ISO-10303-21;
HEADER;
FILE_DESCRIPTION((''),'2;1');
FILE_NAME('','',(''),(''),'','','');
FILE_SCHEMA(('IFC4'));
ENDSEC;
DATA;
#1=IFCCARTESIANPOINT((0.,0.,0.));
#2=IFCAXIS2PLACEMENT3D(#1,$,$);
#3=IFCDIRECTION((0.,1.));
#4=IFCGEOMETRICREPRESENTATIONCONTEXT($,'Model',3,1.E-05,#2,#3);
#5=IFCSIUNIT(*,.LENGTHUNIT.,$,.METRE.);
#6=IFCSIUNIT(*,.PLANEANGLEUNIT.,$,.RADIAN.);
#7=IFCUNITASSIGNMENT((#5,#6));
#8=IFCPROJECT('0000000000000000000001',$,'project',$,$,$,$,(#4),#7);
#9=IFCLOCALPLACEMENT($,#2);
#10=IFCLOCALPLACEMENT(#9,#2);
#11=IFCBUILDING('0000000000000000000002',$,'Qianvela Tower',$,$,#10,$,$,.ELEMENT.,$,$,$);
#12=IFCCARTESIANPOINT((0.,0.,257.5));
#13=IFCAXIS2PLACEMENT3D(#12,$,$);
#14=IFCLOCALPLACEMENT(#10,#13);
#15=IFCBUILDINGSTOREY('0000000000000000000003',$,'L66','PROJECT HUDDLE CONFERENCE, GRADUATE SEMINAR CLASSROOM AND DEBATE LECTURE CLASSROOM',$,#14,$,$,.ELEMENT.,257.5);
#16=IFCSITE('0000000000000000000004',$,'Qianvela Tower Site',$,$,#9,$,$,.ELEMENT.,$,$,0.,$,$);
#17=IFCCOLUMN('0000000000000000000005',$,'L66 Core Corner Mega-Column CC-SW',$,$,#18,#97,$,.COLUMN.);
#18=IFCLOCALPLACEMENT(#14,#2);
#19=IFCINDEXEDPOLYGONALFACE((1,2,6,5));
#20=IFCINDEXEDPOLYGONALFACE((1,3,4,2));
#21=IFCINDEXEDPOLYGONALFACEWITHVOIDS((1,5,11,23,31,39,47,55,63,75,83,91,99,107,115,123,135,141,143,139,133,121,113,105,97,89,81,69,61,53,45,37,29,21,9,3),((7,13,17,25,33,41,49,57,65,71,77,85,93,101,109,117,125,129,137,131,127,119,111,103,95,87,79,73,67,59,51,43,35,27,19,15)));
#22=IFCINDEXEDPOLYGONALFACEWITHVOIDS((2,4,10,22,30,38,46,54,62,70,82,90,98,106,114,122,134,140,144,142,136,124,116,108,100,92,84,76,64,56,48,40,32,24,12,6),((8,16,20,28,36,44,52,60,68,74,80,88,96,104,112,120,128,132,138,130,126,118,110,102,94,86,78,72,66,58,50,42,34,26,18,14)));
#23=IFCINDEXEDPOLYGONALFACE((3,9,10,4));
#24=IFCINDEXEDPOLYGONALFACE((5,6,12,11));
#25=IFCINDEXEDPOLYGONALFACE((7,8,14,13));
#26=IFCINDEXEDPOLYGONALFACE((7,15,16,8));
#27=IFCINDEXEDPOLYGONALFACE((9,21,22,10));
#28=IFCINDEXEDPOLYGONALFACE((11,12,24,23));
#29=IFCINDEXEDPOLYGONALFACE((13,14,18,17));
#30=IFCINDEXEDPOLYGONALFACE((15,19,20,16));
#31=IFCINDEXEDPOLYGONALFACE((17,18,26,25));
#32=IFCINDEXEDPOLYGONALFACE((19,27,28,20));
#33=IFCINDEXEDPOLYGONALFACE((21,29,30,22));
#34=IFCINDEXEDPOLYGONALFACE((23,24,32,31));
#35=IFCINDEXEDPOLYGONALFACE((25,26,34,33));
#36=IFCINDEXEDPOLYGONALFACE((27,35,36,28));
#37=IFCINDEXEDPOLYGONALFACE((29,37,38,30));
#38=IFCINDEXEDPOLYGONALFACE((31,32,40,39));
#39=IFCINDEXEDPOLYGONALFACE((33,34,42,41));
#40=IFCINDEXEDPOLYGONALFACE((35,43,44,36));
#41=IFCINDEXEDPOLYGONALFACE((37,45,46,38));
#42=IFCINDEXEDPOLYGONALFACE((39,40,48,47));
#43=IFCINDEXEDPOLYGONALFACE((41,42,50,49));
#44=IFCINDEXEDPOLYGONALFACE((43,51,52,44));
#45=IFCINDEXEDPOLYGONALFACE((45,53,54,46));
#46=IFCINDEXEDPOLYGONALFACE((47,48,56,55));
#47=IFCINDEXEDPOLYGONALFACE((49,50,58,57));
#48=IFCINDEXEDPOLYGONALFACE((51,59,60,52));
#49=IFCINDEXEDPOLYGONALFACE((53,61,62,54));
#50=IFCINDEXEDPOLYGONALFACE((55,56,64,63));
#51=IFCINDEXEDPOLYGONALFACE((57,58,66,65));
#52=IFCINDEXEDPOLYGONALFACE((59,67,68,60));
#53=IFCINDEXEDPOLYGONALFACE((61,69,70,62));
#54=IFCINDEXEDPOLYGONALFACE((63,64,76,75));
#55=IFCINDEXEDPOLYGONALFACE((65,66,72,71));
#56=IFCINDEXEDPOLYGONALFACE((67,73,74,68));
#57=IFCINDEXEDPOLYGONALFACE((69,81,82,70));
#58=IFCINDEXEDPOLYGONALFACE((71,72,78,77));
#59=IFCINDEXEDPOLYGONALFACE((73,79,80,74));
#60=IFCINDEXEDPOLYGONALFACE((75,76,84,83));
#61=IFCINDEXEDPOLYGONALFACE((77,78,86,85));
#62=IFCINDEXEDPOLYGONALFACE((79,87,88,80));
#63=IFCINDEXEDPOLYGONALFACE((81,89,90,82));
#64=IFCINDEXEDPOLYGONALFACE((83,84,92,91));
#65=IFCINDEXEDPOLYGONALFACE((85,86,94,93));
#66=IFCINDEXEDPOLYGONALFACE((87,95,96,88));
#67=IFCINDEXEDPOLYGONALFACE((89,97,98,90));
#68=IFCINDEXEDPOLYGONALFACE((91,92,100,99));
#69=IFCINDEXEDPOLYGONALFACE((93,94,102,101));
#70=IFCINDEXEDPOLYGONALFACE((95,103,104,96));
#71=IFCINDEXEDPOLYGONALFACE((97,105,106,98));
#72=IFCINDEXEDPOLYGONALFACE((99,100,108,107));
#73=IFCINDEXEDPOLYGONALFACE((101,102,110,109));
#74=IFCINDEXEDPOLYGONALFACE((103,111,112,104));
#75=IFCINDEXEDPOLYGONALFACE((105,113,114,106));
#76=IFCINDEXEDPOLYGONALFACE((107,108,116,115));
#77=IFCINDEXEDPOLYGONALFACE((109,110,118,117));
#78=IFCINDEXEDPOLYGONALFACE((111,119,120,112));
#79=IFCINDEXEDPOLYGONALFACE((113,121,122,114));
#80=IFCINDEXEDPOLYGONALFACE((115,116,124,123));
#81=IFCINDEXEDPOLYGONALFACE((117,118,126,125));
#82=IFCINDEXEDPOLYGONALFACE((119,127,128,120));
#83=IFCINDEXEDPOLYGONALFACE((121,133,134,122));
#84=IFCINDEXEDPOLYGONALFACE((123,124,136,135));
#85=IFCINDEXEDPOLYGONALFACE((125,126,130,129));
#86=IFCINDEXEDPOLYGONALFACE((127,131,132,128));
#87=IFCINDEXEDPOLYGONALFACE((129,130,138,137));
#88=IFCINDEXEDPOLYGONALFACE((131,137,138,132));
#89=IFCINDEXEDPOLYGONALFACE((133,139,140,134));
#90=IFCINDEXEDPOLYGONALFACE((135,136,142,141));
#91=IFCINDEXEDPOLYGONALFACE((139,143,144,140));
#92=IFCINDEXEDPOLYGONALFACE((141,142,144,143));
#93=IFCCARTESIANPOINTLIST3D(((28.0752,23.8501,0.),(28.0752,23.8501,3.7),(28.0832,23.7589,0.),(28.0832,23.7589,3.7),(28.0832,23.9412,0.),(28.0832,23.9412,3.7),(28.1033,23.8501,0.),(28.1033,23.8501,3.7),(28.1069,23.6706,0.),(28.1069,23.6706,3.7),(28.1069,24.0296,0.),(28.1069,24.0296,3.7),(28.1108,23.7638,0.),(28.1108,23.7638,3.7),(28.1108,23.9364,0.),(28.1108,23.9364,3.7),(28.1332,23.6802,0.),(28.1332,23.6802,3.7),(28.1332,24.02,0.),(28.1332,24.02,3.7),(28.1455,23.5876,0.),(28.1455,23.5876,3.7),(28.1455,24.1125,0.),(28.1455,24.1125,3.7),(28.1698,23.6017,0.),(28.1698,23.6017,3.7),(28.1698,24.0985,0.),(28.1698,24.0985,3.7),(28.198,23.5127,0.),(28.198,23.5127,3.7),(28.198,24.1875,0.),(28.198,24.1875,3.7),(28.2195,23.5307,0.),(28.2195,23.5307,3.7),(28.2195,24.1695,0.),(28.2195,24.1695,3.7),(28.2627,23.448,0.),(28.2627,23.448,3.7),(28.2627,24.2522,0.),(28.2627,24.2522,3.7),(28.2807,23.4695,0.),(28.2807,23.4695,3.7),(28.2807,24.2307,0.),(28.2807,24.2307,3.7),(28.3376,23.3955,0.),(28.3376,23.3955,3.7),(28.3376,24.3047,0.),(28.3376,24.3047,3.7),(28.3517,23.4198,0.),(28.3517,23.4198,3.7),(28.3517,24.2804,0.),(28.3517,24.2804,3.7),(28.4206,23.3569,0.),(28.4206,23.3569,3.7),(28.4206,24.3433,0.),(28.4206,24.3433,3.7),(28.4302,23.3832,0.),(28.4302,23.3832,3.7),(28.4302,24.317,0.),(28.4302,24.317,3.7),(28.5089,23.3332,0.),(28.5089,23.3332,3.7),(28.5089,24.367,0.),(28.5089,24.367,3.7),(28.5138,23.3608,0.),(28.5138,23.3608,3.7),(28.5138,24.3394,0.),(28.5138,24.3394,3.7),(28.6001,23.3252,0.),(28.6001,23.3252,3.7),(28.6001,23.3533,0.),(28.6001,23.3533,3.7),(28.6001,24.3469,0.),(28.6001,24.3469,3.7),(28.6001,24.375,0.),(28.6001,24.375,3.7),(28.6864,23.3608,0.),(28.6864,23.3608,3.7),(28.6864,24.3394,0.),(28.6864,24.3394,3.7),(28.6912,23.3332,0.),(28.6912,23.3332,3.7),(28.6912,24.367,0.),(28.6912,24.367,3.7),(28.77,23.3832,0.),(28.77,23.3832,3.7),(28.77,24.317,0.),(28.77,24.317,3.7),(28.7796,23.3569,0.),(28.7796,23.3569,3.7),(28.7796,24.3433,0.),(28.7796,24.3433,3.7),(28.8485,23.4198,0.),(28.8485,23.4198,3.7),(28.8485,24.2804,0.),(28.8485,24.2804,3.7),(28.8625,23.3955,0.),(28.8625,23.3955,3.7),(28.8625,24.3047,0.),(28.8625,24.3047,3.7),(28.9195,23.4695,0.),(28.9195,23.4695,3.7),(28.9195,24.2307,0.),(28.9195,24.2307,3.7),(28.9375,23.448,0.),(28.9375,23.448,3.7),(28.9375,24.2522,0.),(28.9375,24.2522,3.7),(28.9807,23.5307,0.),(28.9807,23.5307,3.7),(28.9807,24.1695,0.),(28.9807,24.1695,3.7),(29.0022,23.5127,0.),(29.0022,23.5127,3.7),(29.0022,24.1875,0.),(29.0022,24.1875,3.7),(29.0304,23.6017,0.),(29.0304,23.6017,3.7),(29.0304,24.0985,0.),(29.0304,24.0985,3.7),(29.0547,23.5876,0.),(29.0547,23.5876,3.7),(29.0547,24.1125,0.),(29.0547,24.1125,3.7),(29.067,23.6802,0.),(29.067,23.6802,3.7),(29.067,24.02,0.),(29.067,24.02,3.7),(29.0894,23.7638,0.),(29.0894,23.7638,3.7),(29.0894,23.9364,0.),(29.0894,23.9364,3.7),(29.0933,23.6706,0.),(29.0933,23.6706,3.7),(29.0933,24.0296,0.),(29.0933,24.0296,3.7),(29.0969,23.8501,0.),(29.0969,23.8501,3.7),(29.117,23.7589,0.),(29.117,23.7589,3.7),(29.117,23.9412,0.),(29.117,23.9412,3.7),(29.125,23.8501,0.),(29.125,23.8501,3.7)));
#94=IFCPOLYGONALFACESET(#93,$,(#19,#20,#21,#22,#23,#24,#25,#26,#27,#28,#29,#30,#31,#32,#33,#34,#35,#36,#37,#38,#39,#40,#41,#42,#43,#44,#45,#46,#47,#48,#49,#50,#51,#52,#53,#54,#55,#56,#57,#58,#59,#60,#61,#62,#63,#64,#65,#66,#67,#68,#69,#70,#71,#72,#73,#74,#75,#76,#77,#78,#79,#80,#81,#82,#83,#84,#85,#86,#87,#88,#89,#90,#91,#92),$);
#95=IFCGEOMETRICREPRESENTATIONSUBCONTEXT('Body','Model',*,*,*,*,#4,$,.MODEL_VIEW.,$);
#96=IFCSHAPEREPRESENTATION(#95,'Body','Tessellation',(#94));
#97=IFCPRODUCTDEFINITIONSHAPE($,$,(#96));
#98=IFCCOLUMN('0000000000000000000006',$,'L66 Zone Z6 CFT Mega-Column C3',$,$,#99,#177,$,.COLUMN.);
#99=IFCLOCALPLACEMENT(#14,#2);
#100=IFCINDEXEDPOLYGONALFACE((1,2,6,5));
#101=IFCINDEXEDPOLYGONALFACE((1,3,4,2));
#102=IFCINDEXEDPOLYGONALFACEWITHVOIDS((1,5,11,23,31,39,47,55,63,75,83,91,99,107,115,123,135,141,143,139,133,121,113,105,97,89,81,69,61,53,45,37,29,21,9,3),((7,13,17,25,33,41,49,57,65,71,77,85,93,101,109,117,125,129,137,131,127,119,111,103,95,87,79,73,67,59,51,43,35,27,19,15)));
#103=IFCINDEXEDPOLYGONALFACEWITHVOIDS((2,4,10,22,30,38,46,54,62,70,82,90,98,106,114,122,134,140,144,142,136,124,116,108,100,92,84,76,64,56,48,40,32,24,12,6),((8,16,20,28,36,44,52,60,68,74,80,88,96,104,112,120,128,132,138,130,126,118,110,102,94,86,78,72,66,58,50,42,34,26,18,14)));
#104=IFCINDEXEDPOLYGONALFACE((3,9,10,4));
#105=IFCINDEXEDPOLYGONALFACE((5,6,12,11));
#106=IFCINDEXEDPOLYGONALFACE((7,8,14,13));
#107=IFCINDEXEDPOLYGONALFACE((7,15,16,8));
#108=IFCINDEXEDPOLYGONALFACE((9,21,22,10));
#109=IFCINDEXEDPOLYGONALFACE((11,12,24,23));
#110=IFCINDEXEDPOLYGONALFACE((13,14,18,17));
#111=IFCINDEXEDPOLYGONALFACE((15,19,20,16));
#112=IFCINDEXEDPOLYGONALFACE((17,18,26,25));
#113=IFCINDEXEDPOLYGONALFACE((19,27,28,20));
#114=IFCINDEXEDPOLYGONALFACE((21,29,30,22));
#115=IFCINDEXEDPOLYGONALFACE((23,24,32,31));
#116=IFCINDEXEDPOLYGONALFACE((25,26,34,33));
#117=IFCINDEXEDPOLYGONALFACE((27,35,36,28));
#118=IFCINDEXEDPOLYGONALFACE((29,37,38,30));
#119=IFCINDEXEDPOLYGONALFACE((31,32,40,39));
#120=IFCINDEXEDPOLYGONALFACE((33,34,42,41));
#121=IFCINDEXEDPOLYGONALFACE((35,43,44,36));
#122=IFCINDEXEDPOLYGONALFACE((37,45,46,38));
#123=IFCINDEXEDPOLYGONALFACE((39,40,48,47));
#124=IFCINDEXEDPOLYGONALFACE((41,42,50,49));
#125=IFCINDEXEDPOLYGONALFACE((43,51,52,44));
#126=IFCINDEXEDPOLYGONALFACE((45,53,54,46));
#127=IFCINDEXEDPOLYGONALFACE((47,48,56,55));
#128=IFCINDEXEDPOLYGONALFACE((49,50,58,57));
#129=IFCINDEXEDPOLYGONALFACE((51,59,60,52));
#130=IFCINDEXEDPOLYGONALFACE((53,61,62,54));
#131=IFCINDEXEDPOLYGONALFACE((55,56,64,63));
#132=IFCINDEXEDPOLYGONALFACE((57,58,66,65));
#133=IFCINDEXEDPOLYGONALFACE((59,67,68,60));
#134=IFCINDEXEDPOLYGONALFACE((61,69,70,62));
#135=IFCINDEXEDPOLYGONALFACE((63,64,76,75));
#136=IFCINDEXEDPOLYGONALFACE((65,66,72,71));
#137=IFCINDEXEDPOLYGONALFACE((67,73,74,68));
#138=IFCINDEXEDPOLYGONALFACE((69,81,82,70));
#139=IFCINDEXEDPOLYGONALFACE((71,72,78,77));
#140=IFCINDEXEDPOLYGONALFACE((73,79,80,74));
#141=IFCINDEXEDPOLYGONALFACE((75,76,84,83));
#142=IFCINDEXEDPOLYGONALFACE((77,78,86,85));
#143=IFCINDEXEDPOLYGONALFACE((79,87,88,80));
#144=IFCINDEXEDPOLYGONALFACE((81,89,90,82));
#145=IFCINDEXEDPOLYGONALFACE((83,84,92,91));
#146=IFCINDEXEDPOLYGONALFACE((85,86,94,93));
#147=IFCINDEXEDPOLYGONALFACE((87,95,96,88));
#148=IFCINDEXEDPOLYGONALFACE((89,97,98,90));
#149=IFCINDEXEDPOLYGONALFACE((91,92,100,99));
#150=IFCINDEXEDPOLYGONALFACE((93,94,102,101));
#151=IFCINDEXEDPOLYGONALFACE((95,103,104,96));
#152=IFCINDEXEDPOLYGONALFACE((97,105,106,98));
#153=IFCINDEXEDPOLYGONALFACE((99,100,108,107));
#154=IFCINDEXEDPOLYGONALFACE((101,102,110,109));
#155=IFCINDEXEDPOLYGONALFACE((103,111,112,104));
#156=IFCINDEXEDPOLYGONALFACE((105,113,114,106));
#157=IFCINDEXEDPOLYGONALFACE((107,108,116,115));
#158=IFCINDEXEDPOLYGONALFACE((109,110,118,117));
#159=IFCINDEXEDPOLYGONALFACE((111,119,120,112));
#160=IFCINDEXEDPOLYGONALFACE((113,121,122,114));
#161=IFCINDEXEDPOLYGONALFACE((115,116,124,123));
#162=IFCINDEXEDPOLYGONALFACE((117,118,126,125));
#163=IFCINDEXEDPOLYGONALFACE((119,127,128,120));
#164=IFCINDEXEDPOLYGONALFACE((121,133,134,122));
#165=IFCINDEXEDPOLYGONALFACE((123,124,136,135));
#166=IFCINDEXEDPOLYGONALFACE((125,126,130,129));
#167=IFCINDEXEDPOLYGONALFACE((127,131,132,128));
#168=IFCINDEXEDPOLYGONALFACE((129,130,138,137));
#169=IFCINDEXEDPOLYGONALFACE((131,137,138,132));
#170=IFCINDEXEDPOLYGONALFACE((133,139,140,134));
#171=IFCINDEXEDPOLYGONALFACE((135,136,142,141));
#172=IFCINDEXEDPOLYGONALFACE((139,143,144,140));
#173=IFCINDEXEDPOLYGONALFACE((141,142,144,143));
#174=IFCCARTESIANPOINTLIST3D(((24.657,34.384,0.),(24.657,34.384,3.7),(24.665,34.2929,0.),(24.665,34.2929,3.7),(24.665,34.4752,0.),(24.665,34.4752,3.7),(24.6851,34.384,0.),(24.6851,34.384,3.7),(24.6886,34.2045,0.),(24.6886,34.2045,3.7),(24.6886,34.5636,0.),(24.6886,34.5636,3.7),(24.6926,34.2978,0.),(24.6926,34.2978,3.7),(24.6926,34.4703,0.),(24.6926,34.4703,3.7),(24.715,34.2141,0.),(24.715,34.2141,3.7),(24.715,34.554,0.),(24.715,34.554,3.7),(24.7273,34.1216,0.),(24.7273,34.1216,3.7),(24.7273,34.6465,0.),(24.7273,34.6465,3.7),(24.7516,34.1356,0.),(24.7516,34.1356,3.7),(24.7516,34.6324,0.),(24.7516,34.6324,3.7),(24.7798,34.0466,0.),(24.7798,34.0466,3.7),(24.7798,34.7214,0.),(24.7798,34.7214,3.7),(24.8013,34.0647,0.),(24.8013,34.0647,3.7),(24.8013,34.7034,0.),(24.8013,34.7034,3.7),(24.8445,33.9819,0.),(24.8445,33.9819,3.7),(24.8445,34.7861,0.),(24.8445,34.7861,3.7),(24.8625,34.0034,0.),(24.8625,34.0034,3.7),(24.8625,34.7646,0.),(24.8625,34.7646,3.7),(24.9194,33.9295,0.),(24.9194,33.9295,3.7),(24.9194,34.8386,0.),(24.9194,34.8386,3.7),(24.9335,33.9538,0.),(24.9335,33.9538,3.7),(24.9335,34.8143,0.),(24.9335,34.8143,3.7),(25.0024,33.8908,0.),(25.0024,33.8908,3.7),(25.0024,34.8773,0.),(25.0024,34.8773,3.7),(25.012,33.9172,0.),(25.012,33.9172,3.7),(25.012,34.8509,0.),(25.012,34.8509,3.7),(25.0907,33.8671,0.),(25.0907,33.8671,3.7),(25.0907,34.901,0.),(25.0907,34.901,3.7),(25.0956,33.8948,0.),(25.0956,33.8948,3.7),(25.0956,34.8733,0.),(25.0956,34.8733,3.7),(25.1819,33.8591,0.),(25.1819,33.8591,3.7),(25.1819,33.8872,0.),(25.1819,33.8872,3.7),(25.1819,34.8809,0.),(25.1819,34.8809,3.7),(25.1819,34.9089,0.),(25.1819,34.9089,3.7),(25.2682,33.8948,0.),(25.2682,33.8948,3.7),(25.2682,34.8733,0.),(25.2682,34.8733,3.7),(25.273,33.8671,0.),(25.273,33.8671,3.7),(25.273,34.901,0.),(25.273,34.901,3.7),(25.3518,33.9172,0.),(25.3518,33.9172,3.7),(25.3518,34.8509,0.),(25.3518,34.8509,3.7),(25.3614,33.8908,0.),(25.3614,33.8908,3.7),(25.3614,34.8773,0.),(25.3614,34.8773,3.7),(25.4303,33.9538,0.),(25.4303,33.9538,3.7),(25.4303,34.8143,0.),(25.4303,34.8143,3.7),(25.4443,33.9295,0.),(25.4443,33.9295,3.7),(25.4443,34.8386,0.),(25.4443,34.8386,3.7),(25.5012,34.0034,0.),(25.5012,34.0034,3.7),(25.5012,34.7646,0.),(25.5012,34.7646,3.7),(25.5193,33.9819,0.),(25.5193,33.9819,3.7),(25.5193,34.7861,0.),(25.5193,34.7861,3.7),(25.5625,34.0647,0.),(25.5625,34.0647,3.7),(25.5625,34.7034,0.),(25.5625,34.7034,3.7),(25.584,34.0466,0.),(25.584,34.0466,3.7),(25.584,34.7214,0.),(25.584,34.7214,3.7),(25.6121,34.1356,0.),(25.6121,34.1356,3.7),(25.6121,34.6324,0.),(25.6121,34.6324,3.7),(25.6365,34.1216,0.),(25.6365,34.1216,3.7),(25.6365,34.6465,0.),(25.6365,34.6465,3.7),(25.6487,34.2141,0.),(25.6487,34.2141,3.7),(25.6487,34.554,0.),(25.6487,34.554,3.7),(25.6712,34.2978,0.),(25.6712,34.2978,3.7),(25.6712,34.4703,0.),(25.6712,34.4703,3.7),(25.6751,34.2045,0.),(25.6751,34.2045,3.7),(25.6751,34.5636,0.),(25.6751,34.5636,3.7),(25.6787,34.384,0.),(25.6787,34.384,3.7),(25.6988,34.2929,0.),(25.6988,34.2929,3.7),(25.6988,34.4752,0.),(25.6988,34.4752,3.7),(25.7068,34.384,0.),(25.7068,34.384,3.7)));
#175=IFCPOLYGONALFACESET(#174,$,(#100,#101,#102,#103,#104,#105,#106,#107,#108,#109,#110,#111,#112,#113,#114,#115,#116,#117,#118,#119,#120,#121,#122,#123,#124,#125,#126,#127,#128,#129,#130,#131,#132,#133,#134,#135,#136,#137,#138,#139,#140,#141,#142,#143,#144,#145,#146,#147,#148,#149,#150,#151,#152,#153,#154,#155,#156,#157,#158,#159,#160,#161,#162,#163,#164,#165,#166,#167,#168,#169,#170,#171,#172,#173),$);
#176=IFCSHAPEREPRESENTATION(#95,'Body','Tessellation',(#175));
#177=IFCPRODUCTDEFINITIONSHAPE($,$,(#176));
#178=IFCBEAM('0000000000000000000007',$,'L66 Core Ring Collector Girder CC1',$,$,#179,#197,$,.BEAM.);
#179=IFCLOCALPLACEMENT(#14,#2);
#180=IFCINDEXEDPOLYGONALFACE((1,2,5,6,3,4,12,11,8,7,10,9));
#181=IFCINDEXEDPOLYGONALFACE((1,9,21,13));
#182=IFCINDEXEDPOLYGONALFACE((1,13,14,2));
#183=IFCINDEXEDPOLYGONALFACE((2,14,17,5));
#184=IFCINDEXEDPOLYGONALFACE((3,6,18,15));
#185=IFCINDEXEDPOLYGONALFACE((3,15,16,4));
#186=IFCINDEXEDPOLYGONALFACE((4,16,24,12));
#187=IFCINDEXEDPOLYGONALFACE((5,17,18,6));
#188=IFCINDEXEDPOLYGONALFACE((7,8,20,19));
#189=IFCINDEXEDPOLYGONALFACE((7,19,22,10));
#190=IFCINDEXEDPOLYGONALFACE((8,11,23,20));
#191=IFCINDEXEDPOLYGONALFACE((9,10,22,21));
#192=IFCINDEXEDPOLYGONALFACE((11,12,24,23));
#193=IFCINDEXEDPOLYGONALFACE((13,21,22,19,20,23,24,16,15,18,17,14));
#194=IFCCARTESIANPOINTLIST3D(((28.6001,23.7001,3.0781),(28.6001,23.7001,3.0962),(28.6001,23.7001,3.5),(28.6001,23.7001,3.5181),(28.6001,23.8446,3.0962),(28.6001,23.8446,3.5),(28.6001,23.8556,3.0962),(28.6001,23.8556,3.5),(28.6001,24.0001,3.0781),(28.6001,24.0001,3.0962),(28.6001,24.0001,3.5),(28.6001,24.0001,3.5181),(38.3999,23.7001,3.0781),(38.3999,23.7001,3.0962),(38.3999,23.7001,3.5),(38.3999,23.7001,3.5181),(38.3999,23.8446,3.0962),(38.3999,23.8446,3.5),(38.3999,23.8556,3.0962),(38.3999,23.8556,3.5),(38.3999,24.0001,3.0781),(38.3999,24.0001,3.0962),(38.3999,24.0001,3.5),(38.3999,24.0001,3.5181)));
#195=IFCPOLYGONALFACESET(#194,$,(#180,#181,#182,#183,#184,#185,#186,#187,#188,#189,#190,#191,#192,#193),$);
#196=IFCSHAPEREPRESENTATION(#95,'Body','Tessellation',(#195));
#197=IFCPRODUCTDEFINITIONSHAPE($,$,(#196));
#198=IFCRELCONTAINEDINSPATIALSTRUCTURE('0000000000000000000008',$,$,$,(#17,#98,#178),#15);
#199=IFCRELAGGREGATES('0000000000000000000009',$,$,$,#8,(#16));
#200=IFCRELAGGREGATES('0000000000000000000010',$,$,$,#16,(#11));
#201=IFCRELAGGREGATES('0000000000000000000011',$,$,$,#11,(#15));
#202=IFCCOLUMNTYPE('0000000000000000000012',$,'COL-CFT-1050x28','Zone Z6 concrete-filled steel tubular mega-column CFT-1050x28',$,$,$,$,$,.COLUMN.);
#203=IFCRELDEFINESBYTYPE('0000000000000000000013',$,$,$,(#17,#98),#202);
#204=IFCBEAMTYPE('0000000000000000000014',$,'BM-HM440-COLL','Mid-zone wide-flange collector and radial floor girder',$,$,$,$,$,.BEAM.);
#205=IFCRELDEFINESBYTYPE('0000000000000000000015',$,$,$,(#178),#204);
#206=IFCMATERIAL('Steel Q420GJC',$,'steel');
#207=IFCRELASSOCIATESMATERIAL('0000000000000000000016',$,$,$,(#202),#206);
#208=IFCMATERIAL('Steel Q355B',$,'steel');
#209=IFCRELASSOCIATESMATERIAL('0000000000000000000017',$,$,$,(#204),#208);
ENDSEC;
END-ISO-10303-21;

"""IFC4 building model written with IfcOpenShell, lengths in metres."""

from ifc_helpers import new_model, si_unit, direction, frame, origin, origin_2d, place, context, subcontext, project, spatial, hollow_circle, i_section, extrude, material, material_profile, profile_set, type_object, element, save


model = new_model("IFC4")

# Units and contexts
model_context = context("Model", 3, precision=1e-05, world=origin(), true_north=direction((0.0, 1.0)))
body_context = subcontext(model_context, "Body", "Model", "MODEL_VIEW")
ifc_project = project(units=[si_unit("LENGTHUNIT", "METRE"), si_unit("PLANEANGLEUNIT", "RADIAN")], contexts=[model_context])

# Site, building, storey
site_placement = place(None, origin())
site = spatial("IfcSite", under=ifc_project, at=site_placement, Name="Qianvela Tower Site", CompositionType="ELEMENT", RefElevation=0.0)
building_placement = place(site_placement, origin())
building = spatial("IfcBuilding", under=site, at=building_placement, Name="Qianvela Tower", CompositionType="ELEMENT")
storey_placement = place(building_placement, frame((0.0, 0.0, 257.5)))
storey = spatial("IfcBuildingStorey", under=building, at=storey_placement, Name="L66", Description="PROJECT HUDDLE CONFERENCE, GRADUATE SEMINAR CLASSROOM AND DEBATE LECTURE CLASSROOM", CompositionType="ELEMENT", Elevation=257.5)

# Columns
ifc_material_1 = material(Name="Steel Q420GJC", Category="steel")
ifc_material_profile_1 = material_profile(ifc_material_1, hollow_circle(Radius=0.5249, WallThickness=0.0281, at=origin_2d()), Name="CFT-1050x28")
ifc_profile_set_1 = profile_set([ifc_material_profile_1], Name="Steel Q420GJC")
column_type = type_object("IfcColumnType", Name="COL-CFT-1050x28", Description="Zone Z6 concrete-filled steel tubular mega-column CFT-1050x28", PredefinedType="COLUMN", material=ifc_profile_set_1)
for number, where, z_axis, x_axis, name in (
    (1, (28.6001, 23.8501, 0.0), (0.0, 0.0, 1.0), (1.0, 0.0, 0.0), "L66 Core Corner Mega-Column CC-SW"),
    (2, (25.1819, 34.384, 0.0), (0.0, 0.0, 1.0), (1.0, 0.0, 0.0), "L66 Zone Z6 CFT Mega-Column C3"),
):
    element("IfcColumn", number, at=place(storey_placement, frame(where, z_axis=z_axis, x_axis=x_axis)), inside=storey, type_object=column_type, Name=name, PredefinedType="COLUMN", context=body_context, shape_type="SweptSolid", body=[
        extrude(hollow_circle(Radius=0.5249, WallThickness=0.0281, at=origin_2d()), origin(), (0.0, 0.0, 1.0), 3.7),
    ])

# Beam
ifc_material_2 = material(Name="Steel Q355B", Category="steel")
ifc_material_profile_2 = material_profile(ifc_material_2, i_section(OverallWidth=0.3, OverallDepth=0.4399, WebThickness=0.011, FlangeThickness=0.0181, at=origin_2d()), Name="HM440x300x11x18")
ifc_profile_set_2 = profile_set([ifc_material_profile_2], Name="Steel Q355B")
beam_type_1 = type_object("IfcBeamType", Name="BM-HM440-COLL", Description="Mid-zone wide-flange collector and radial floor girder", PredefinedType="BEAM", material=ifc_profile_set_2)
beam_1_placement = place(storey_placement, frame((28.6001, 23.8501, 3.2981), z_axis=(1.0, 0.0, 0.0), x_axis=(0.0, 1.0, 0.0)))
element("IfcBeam", 3, at=beam_1_placement, inside=storey, type_object=beam_type_1, Name="L66 Core Ring Collector Girder CC1", PredefinedType="BEAM", context=body_context, shape_type="SweptSolid", body=[
    extrude(i_section(OverallWidth=0.3, OverallDepth=0.4399, WebThickness=0.011, FlangeThickness=0.0181, at=origin_2d()), origin(), (0.0, 0.0, 1.0), 9.7998),
])

save(model, "model.ifc")
